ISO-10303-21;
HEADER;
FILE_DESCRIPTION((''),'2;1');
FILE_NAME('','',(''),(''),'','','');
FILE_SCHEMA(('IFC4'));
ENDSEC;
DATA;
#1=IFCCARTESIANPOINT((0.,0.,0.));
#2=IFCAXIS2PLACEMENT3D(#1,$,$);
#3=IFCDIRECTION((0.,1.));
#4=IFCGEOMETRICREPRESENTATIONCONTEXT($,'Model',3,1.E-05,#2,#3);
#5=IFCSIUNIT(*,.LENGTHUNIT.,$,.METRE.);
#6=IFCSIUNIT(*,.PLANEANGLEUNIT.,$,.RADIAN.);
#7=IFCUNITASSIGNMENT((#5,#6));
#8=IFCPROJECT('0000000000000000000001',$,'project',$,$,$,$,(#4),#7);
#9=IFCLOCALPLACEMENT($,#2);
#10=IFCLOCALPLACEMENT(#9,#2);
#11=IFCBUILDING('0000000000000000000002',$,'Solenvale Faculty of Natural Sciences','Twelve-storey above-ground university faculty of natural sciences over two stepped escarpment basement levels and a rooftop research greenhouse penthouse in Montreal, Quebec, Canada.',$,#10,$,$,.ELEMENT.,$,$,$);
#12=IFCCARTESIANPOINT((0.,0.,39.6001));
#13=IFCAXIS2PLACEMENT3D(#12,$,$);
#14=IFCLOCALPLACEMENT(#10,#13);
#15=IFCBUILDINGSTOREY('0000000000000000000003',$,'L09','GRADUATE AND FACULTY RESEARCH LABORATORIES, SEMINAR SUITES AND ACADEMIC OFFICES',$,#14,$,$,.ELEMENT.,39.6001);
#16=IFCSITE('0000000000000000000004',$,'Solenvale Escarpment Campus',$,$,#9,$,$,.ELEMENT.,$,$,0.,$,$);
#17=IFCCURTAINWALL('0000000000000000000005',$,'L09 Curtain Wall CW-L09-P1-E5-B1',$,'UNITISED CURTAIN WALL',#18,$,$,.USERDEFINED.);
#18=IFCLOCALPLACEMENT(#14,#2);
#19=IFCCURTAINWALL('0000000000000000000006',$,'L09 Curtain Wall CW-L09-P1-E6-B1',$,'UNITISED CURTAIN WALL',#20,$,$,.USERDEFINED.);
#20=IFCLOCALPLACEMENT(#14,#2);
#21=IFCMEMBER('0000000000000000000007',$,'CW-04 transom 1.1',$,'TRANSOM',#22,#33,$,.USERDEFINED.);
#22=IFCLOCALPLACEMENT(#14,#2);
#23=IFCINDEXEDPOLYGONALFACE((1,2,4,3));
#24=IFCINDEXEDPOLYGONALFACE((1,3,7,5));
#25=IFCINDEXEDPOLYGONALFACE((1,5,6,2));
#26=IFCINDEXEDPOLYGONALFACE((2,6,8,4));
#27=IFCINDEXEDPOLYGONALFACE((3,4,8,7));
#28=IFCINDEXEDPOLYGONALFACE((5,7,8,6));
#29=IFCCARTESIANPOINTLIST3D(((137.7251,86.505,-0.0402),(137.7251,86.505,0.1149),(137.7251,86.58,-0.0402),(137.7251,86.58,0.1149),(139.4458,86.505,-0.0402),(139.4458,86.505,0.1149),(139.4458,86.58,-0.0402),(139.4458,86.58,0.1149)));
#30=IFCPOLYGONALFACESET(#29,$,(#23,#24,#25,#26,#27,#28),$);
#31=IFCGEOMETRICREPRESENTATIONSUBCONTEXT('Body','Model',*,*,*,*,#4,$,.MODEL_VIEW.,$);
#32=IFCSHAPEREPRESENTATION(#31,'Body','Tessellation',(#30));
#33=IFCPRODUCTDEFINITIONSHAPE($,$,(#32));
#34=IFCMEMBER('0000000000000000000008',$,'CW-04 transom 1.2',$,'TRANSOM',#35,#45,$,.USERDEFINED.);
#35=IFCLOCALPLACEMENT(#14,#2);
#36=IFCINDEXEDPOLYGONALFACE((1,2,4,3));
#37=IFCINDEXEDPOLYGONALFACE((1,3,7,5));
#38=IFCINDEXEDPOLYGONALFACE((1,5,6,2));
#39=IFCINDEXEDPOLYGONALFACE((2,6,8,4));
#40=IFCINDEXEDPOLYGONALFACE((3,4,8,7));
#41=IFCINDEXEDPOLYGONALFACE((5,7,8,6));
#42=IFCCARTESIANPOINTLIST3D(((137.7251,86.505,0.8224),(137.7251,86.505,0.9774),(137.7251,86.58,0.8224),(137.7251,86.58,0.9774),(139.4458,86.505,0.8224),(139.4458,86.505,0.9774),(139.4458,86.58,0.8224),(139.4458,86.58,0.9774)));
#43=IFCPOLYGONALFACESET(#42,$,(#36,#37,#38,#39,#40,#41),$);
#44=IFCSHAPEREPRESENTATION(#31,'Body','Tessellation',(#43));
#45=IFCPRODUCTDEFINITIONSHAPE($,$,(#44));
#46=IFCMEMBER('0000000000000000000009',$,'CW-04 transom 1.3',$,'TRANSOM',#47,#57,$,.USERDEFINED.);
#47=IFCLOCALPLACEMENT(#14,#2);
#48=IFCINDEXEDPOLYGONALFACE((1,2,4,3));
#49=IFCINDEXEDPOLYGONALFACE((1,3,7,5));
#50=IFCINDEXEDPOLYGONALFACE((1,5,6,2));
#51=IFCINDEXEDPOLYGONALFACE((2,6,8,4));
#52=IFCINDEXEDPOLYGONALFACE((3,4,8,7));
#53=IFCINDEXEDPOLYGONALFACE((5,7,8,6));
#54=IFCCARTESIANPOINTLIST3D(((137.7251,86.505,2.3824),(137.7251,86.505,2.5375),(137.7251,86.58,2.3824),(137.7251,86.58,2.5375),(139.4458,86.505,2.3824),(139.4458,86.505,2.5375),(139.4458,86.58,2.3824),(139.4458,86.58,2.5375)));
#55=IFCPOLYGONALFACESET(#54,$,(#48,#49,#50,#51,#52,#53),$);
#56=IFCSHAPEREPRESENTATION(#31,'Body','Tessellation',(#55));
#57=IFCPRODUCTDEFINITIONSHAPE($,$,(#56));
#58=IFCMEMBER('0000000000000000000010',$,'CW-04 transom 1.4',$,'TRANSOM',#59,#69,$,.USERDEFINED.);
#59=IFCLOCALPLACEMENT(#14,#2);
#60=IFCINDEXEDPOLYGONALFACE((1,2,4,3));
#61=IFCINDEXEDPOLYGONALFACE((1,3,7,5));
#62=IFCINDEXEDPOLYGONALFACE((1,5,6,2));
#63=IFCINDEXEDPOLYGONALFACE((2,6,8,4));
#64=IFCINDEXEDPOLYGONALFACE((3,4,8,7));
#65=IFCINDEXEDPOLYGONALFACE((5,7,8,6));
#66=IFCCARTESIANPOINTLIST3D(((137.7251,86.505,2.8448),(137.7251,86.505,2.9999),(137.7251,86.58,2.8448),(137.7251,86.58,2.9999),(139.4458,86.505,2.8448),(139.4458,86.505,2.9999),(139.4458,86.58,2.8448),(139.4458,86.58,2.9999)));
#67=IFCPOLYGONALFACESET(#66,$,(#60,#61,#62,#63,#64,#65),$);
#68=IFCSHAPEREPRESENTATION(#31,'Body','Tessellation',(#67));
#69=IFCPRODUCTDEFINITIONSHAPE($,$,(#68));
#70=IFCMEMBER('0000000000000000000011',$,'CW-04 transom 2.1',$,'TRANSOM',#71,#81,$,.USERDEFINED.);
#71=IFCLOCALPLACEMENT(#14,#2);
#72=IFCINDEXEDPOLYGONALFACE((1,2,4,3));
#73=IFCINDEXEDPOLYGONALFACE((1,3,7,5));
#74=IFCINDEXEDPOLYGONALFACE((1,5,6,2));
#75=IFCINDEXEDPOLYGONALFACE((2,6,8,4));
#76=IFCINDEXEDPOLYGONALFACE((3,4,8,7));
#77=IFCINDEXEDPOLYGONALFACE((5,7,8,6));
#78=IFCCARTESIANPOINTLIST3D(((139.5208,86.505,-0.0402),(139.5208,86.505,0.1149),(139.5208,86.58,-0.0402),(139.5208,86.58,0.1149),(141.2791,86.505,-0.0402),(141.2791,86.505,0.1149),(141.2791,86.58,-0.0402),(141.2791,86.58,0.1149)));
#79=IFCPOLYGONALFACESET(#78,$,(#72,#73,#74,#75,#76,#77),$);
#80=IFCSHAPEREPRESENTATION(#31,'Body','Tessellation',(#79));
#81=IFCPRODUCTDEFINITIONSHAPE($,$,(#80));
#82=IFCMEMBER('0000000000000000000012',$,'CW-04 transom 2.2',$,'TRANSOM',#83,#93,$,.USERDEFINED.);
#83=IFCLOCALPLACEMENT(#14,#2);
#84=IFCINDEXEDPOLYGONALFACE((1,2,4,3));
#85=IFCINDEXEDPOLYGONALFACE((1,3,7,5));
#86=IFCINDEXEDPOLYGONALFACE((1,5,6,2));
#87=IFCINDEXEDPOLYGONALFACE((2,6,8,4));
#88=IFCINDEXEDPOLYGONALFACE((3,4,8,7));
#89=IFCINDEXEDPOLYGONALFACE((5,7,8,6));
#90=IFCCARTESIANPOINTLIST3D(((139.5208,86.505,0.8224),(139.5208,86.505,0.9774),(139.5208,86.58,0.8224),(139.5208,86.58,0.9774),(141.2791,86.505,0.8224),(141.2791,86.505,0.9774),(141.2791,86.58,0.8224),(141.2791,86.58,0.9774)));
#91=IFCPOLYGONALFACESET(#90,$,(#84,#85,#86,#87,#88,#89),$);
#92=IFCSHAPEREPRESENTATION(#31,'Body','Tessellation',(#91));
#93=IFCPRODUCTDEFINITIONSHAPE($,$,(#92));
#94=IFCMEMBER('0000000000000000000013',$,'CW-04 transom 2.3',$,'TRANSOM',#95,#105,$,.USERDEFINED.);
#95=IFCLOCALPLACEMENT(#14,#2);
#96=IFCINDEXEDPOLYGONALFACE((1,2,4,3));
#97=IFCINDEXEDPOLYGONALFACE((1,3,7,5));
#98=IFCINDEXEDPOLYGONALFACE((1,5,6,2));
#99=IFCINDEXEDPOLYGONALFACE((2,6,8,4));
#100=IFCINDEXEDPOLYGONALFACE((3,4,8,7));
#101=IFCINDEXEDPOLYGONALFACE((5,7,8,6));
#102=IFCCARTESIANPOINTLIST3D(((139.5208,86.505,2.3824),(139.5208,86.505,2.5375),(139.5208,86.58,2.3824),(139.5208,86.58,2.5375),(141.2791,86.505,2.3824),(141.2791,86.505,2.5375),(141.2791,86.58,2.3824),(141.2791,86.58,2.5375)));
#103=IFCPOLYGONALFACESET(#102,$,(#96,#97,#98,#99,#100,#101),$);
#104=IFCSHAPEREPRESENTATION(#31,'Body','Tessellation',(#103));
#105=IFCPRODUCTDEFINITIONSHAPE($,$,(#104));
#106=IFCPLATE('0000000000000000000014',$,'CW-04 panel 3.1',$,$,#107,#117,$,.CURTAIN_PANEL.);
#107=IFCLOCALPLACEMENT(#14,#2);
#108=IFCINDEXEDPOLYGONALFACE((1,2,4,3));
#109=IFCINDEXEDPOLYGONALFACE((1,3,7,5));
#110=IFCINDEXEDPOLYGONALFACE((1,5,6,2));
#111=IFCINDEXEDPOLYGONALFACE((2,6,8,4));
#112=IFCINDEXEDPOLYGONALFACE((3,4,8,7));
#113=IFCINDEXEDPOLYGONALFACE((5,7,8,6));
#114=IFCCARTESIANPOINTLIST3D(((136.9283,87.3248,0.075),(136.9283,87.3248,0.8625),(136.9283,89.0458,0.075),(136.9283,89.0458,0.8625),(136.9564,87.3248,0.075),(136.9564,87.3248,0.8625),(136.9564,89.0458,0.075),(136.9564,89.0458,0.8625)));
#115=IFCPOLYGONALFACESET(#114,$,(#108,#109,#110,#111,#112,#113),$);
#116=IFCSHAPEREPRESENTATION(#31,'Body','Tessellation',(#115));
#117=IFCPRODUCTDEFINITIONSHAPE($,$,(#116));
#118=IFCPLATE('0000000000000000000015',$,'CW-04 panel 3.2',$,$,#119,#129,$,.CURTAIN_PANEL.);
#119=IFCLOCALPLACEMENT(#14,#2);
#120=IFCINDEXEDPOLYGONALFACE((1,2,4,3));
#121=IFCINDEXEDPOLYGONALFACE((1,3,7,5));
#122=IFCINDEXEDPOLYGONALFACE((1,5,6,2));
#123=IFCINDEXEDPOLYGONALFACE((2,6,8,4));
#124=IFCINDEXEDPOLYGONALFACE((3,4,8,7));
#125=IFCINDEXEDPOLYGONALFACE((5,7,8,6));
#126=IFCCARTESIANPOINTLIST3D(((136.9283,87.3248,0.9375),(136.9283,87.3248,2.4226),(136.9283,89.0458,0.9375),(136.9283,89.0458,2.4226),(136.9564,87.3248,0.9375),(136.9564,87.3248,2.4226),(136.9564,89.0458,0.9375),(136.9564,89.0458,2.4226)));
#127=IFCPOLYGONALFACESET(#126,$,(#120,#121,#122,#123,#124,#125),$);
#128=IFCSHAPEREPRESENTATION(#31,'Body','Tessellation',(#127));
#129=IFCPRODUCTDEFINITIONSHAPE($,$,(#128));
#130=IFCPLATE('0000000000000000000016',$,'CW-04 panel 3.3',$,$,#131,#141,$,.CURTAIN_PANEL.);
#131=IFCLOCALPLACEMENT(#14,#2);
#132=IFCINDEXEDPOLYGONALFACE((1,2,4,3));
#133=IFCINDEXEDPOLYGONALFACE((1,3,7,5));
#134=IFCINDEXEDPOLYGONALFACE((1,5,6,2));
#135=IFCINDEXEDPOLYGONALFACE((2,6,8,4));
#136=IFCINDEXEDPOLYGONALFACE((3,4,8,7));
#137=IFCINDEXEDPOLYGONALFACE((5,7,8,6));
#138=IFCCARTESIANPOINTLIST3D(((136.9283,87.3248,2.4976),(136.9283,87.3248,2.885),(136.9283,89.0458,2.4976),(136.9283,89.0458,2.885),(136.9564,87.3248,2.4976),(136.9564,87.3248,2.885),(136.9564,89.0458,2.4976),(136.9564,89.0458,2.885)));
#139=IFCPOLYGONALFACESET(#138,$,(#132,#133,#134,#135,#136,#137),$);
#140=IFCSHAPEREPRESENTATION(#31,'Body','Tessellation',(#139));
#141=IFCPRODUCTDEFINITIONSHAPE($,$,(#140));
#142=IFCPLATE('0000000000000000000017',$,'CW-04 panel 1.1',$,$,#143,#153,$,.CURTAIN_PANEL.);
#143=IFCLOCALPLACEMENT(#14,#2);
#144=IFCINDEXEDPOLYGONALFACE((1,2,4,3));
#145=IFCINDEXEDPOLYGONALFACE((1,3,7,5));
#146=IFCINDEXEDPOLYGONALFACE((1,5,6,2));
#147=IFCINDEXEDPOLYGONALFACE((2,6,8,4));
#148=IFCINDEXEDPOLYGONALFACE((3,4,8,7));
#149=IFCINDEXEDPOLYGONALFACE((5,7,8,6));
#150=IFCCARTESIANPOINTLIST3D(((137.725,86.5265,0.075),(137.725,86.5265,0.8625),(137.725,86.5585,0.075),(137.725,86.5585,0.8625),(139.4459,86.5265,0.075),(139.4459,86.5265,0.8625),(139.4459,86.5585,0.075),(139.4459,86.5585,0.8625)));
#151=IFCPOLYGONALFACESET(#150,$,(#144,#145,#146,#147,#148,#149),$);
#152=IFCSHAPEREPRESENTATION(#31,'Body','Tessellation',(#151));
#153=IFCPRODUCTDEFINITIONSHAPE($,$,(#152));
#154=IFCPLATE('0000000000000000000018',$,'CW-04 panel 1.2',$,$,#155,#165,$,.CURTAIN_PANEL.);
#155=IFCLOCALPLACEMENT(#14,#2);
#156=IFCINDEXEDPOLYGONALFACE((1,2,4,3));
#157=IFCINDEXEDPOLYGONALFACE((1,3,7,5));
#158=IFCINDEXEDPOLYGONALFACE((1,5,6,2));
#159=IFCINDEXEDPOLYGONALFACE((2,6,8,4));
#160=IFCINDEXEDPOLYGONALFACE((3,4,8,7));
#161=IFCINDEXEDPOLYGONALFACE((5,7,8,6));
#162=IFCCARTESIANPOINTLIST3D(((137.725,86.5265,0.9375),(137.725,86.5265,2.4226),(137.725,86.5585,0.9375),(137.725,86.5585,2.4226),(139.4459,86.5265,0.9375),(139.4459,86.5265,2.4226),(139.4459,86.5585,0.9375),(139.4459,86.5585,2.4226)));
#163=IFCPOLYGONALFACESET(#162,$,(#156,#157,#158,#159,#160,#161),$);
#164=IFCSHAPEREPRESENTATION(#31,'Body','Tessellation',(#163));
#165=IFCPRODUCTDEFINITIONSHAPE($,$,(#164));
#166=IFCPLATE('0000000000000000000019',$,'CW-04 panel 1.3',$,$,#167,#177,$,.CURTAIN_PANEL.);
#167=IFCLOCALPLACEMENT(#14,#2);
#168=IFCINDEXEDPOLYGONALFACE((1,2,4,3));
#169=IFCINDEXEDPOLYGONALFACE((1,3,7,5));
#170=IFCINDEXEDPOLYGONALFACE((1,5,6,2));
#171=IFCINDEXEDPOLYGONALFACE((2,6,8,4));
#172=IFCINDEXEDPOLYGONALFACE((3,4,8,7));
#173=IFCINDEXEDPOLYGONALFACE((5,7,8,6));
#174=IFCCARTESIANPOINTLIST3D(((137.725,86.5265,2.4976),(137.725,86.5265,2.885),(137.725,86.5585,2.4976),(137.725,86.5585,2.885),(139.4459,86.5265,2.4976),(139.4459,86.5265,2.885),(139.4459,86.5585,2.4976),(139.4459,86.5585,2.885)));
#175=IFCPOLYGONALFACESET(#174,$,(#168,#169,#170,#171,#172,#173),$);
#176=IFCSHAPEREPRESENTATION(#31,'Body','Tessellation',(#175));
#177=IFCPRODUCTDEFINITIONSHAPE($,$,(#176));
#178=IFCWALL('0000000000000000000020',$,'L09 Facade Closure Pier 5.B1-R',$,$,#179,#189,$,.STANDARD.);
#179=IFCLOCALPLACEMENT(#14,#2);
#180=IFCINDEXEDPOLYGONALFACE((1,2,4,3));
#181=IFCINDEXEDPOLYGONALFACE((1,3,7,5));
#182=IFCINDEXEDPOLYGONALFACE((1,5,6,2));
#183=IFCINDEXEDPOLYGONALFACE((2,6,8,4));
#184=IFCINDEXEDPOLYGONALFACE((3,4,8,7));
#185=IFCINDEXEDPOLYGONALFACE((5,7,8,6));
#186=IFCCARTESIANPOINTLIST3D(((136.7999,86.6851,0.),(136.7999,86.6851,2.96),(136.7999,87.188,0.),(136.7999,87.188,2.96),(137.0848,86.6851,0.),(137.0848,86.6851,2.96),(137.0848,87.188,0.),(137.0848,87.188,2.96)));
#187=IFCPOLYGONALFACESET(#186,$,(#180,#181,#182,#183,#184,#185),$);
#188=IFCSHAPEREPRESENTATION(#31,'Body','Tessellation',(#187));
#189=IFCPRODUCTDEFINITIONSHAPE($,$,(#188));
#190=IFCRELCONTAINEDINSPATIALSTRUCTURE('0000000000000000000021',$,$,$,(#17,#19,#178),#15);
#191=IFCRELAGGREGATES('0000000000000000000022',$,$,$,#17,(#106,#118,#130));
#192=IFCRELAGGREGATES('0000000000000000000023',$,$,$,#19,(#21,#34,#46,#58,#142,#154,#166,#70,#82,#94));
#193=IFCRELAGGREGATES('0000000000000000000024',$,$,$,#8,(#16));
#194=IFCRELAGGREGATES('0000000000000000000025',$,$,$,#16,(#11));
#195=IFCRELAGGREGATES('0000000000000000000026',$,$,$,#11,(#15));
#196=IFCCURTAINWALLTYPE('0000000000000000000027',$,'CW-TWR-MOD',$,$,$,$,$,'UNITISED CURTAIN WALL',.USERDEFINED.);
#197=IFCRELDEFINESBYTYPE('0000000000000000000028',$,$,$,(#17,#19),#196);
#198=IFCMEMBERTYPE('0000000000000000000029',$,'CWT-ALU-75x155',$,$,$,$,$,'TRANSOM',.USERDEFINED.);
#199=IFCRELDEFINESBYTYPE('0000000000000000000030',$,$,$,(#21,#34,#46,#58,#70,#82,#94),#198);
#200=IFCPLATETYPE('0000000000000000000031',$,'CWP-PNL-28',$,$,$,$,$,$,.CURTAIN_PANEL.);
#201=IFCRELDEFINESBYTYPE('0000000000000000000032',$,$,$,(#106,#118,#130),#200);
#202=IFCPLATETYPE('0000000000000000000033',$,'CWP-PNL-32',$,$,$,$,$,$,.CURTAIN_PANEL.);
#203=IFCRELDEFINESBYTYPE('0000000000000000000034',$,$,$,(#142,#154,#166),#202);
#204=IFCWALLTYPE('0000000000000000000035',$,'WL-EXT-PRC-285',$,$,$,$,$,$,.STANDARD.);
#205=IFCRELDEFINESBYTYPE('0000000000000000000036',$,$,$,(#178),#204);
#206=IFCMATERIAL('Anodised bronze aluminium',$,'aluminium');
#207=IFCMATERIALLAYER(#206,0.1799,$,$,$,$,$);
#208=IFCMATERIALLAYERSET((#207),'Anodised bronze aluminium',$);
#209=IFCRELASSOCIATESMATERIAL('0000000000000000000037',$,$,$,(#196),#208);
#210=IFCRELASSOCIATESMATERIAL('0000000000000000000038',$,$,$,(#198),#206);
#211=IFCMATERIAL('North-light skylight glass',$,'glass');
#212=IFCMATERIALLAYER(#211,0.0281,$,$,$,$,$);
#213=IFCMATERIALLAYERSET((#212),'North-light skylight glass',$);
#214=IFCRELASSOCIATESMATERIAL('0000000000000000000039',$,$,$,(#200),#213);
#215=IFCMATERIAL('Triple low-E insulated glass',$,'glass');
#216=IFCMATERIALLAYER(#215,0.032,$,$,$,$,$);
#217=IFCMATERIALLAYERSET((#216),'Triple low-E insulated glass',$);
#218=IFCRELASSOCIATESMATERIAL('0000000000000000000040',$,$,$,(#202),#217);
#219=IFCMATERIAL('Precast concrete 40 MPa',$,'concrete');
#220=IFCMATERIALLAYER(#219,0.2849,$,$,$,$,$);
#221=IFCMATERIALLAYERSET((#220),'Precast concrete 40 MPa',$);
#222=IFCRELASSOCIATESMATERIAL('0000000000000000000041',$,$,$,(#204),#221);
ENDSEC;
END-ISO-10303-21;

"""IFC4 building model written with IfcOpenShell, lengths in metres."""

from ifc_helpers import new_model, si_unit, direction, frame, frame_2d, origin, origin_2d, place, context, subcontext, project, spatial, rectangle, extrude, material, layer, layer_set, material_profile, profile_set, type_object, element, aggregate, save


model = new_model("IFC4")

# Units and contexts
model_context = context("Model", 3, precision=1e-05, world=origin(), true_north=direction((0.0, 1.0)))
body_context = subcontext(model_context, "Body", "Model", "MODEL_VIEW")
ifc_project = project(units=[si_unit("LENGTHUNIT", "METRE"), si_unit("PLANEANGLEUNIT", "RADIAN")], contexts=[model_context])

# Site, building, storey
site_placement = place(None, origin())
site = spatial("IfcSite", under=ifc_project, at=site_placement, Name="Solenvale Escarpment Campus", CompositionType="ELEMENT", RefElevation=0.0)
building_placement = place(site_placement, origin())
building = spatial("IfcBuilding", under=site, at=building_placement, Name="Solenvale Faculty of Natural Sciences", Description="Twelve-storey above-ground university faculty of natural sciences over two stepped escarpment basement levels and a rooftop research greenhouse penthouse in Montreal, Quebec, Canada.", CompositionType="ELEMENT")
storey_placement = place(building_placement, frame((0.0, 0.0, 39.6001)))
storey = spatial("IfcBuildingStorey", under=building, at=storey_placement, Name="L09", Description="GRADUATE AND FACULTY RESEARCH LABORATORIES, SEMINAR SUITES AND ACADEMIC OFFICES", CompositionType="ELEMENT", Elevation=39.6001)

# Curtain wall
ifc_material_1 = material(Name="Anodised bronze aluminium", Category="aluminium")
ifc_layer_1 = layer(ifc_material_1, 0.1799)
ifc_layer_set_1 = layer_set([ifc_layer_1], Name="Anodised bronze aluminium")
curtain_wall_type = type_object("IfcCurtainWallType", Name="CW-TWR-MOD", ElementType="UNITISED CURTAIN WALL", PredefinedType="USERDEFINED", material=ifc_layer_set_1)
curtain_wall_1_placement = place(storey_placement, origin())
curtain_wall_1 = element("IfcCurtainWall", 1, at=curtain_wall_1_placement, inside=storey, type_object=curtain_wall_type, Name="L09 Curtain Wall CW-L09-P1-E5-B1", ObjectType="UNITISED CURTAIN WALL", PredefinedType="USERDEFINED")

# Curtain wall
curtain_wall_2_placement = place(storey_placement, origin())
curtain_wall_2 = element("IfcCurtainWall", 2, at=curtain_wall_2_placement, inside=storey, type_object=curtain_wall_type, Name="L09 Curtain Wall CW-L09-P1-E6-B1", ObjectType="UNITISED CURTAIN WALL", PredefinedType="USERDEFINED")

# Members
ifc_material_profile_1 = material_profile(ifc_material_1, rectangle(XDim=0.075, YDim=0.155, at=origin_2d()), Name="ALU-TRN-75x155")
ifc_profile_set_1 = profile_set([ifc_material_profile_1], Name="Anodised bronze aluminium")
member_type_1 = type_object("IfcMemberType", Name="CWT-ALU-75x155", ElementType="TRANSOM", PredefinedType="USERDEFINED", material=ifc_profile_set_1)
member_1_placement = place(storey_placement, frame((137.7251, 86.5425, 0.0374), z_axis=(1.0, 0.0, 0.0), x_axis=(0.0, 1.0, 0.0)))
member_1 = element("IfcMember", 3, at=member_1_placement, type_object=member_type_1, Name="CW-04 transom 1.1", ObjectType="TRANSOM", PredefinedType="USERDEFINED", context=body_context, shape_type="SweptSolid", body=[
    extrude(rectangle(XDim=0.075, YDim=0.155, at=origin_2d()), origin(), (0.0, 0.0, 1.0), 1.7207),
])
member_2_placement = place(storey_placement, frame((137.7251, 86.5425, 0.8999), z_axis=(1.0, 0.0, 0.0), x_axis=(0.0, 1.0, 0.0)))
member_2 = element("IfcMember", 4, at=member_2_placement, type_object=member_type_1, Name="CW-04 transom 1.2", ObjectType="TRANSOM", PredefinedType="USERDEFINED", context=body_context, shape_type="SweptSolid", body=[
    extrude(rectangle(XDim=0.075, YDim=0.155, at=origin_2d()), origin(), (0.0, 0.0, 1.0), 1.7207),
])
member_3_placement = place(storey_placement, frame((137.7251, 86.5425, 2.46), z_axis=(1.0, 0.0, 0.0), x_axis=(0.0, 1.0, 0.0)))
member_3 = element("IfcMember", 5, at=member_3_placement, type_object=member_type_1, Name="CW-04 transom 1.3", ObjectType="TRANSOM", PredefinedType="USERDEFINED", context=body_context, shape_type="SweptSolid", body=[
    extrude(rectangle(XDim=0.075, YDim=0.155, at=origin_2d()), origin(), (0.0, 0.0, 1.0), 1.7207),
])
member_4_placement = place(storey_placement, frame((137.7251, 86.5425, 2.9224), z_axis=(1.0, 0.0, 0.0), x_axis=(0.0, 1.0, 0.0)))
member_4 = element("IfcMember", 6, at=member_4_placement, type_object=member_type_1, Name="CW-04 transom 1.4", ObjectType="TRANSOM", PredefinedType="USERDEFINED", context=body_context, shape_type="SweptSolid", body=[
    extrude(rectangle(XDim=0.075, YDim=0.155, at=origin_2d()), origin(), (0.0, 0.0, 1.0), 1.7207),
])
member_5_placement = place(storey_placement, frame((139.5208, 86.5425, 0.0374), z_axis=(1.0, 0.0, 0.0), x_axis=(0.0, 1.0, 0.0)))
member_5 = element("IfcMember", 7, at=member_5_placement, type_object=member_type_1, Name="CW-04 transom 2.1", ObjectType="TRANSOM", PredefinedType="USERDEFINED", context=body_context, shape_type="SweptSolid", body=[
    extrude(rectangle(XDim=0.075, YDim=0.155, at=origin_2d()), origin(), (0.0, 0.0, 1.0), 1.7583),
])
member_6_placement = place(storey_placement, frame((139.5208, 86.5425, 0.8999), z_axis=(1.0, 0.0, 0.0), x_axis=(0.0, 1.0, 0.0)))
member_6 = element("IfcMember", 8, at=member_6_placement, type_object=member_type_1, Name="CW-04 transom 2.2", ObjectType="TRANSOM", PredefinedType="USERDEFINED", context=body_context, shape_type="SweptSolid", body=[
    extrude(rectangle(XDim=0.075, YDim=0.155, at=origin_2d()), origin(), (0.0, 0.0, 1.0), 1.7583),
])
member_7_placement = place(storey_placement, frame((139.5208, 86.5425, 2.46), z_axis=(1.0, 0.0, 0.0), x_axis=(0.0, 1.0, 0.0)))
member_7 = element("IfcMember", 9, at=member_7_placement, type_object=member_type_1, Name="CW-04 transom 2.3", ObjectType="TRANSOM", PredefinedType="USERDEFINED", context=body_context, shape_type="SweptSolid", body=[
    extrude(rectangle(XDim=0.075, YDim=0.155, at=origin_2d()), origin(), (0.0, 0.0, 1.0), 1.7583),
])

# Plates
ifc_material_2 = material(Name="North-light skylight glass", Category="glass")
ifc_layer_2 = layer(ifc_material_2, 0.0281)
ifc_layer_set_2 = layer_set([ifc_layer_2], Name="North-light skylight glass")
plate_type_1 = type_object("IfcPlateType", Name="CWP-PNL-28", PredefinedType="CURTAIN_PANEL", material=ifc_layer_set_2)
plate_1_placement = place(storey_placement, frame((136.9424, 88.1853, 0.075), z_axis=(0.0, 0.0, 1.0), x_axis=(0.0, -1.0, 0.0)))
plate_1 = element("IfcPlate", 10, at=plate_1_placement, type_object=plate_type_1, Name="CW-04 panel 3.1", PredefinedType="CURTAIN_PANEL", context=body_context, shape_type="SweptSolid", body=[
    extrude(rectangle(XDim=1.7209, YDim=0.0281, at=origin_2d()), origin(), (0.0, 0.0, 1.0), 0.7876),
])
plate_2_placement = place(storey_placement, frame((136.9424, 88.1853, 0.9375), z_axis=(0.0, 0.0, 1.0), x_axis=(0.0, -1.0, 0.0)))
plate_2 = element("IfcPlate", 11, at=plate_2_placement, type_object=plate_type_1, Name="CW-04 panel 3.2", PredefinedType="CURTAIN_PANEL", context=body_context, shape_type="SweptSolid", body=[
    extrude(rectangle(XDim=1.7209, YDim=0.0281, at=origin_2d()), origin(), (0.0, 0.0, 1.0), 1.4851),
])
plate_3_placement = place(storey_placement, frame((136.9424, 88.1853, 2.4976), z_axis=(0.0, 0.0, 1.0), x_axis=(0.0, -1.0, 0.0)))
plate_3 = element("IfcPlate", 12, at=plate_3_placement, type_object=plate_type_1, Name="CW-04 panel 3.3", PredefinedType="CURTAIN_PANEL", context=body_context, shape_type="SweptSolid", body=[
    extrude(rectangle(XDim=1.7209, YDim=0.0281, at=origin_2d()), origin(), (0.0, 0.0, 1.0), 0.3875),
])
aggregate(curtain_wall_1, [plate_1, plate_2, plate_3])
ifc_material_3 = material(Name="Triple low-E insulated glass", Category="glass")
ifc_layer_3 = layer(ifc_material_3, 0.032)
ifc_layer_set_3 = layer_set([ifc_layer_3], Name="Triple low-E insulated glass")
plate_type_2 = type_object("IfcPlateType", Name="CWP-PNL-32", PredefinedType="CURTAIN_PANEL", material=ifc_layer_set_3)
plate_4_placement = place(storey_placement, frame((138.5854, 86.5425, 0.075), z_axis=(0.0, 0.0, 1.0), x_axis=(1.0, 0.0, 0.0)))
plate_4 = element("IfcPlate", 13, at=plate_4_placement, type_object=plate_type_2, Name="CW-04 panel 1.1", PredefinedType="CURTAIN_PANEL", context=body_context, shape_type="SweptSolid", body=[
    extrude(rectangle(XDim=1.7209, YDim=0.032, at=origin_2d()), origin(), (0.0, 0.0, 1.0), 0.7876),
])
plate_5_placement = place(storey_placement, frame((138.5854, 86.5425, 0.9375), z_axis=(0.0, 0.0, 1.0), x_axis=(1.0, 0.0, 0.0)))
plate_5 = element("IfcPlate", 14, at=plate_5_placement, type_object=plate_type_2, Name="CW-04 panel 1.2", PredefinedType="CURTAIN_PANEL", context=body_context, shape_type="SweptSolid", body=[
    extrude(rectangle(XDim=1.7209, YDim=0.032, at=origin_2d()), origin(), (0.0, 0.0, 1.0), 1.4851),
])
plate_6_placement = place(storey_placement, frame((138.5854, 86.5425, 2.4976), z_axis=(0.0, 0.0, 1.0), x_axis=(1.0, 0.0, 0.0)))
plate_6 = element("IfcPlate", 15, at=plate_6_placement, type_object=plate_type_2, Name="CW-04 panel 1.3", PredefinedType="CURTAIN_PANEL", context=body_context, shape_type="SweptSolid", body=[
    extrude(rectangle(XDim=1.7209, YDim=0.032, at=origin_2d()), origin(), (0.0, 0.0, 1.0), 0.3875),
])
aggregate(curtain_wall_2, [member_1, member_2, member_3, member_4, plate_4, plate_5, plate_6, member_5, member_6, member_7])

# Wall
ifc_material_4 = material(Name="Precast concrete 40 MPa", Category="concrete")
ifc_layer_4 = layer(ifc_material_4, 0.2849)
ifc_layer_set_4 = layer_set([ifc_layer_4], Name="Precast concrete 40 MPa")
wall_type_1 = type_object("IfcWallType", Name="WL-EXT-PRC-285", PredefinedType="STANDARD", material=ifc_layer_set_4)
wall_1_placement = place(storey_placement, frame((136.9424, 87.188, 0.0), z_axis=(0.0, 0.0, 1.0), x_axis=(0.0, -1.0, 0.0)))
element("IfcWall", 16, at=wall_1_placement, inside=storey, type_object=wall_type_1, Name="L09 Facade Closure Pier 5.B1-R", PredefinedType="STANDARD", context=body_context, shape_type="SweptSolid", body=[
    extrude(rectangle(XDim=0.5029, YDim=0.2849, at=frame_2d((0.2515, 0.0))), origin(), (0.0, 0.0, 1.0), 2.96),
])

save(model, "model.ifc")
